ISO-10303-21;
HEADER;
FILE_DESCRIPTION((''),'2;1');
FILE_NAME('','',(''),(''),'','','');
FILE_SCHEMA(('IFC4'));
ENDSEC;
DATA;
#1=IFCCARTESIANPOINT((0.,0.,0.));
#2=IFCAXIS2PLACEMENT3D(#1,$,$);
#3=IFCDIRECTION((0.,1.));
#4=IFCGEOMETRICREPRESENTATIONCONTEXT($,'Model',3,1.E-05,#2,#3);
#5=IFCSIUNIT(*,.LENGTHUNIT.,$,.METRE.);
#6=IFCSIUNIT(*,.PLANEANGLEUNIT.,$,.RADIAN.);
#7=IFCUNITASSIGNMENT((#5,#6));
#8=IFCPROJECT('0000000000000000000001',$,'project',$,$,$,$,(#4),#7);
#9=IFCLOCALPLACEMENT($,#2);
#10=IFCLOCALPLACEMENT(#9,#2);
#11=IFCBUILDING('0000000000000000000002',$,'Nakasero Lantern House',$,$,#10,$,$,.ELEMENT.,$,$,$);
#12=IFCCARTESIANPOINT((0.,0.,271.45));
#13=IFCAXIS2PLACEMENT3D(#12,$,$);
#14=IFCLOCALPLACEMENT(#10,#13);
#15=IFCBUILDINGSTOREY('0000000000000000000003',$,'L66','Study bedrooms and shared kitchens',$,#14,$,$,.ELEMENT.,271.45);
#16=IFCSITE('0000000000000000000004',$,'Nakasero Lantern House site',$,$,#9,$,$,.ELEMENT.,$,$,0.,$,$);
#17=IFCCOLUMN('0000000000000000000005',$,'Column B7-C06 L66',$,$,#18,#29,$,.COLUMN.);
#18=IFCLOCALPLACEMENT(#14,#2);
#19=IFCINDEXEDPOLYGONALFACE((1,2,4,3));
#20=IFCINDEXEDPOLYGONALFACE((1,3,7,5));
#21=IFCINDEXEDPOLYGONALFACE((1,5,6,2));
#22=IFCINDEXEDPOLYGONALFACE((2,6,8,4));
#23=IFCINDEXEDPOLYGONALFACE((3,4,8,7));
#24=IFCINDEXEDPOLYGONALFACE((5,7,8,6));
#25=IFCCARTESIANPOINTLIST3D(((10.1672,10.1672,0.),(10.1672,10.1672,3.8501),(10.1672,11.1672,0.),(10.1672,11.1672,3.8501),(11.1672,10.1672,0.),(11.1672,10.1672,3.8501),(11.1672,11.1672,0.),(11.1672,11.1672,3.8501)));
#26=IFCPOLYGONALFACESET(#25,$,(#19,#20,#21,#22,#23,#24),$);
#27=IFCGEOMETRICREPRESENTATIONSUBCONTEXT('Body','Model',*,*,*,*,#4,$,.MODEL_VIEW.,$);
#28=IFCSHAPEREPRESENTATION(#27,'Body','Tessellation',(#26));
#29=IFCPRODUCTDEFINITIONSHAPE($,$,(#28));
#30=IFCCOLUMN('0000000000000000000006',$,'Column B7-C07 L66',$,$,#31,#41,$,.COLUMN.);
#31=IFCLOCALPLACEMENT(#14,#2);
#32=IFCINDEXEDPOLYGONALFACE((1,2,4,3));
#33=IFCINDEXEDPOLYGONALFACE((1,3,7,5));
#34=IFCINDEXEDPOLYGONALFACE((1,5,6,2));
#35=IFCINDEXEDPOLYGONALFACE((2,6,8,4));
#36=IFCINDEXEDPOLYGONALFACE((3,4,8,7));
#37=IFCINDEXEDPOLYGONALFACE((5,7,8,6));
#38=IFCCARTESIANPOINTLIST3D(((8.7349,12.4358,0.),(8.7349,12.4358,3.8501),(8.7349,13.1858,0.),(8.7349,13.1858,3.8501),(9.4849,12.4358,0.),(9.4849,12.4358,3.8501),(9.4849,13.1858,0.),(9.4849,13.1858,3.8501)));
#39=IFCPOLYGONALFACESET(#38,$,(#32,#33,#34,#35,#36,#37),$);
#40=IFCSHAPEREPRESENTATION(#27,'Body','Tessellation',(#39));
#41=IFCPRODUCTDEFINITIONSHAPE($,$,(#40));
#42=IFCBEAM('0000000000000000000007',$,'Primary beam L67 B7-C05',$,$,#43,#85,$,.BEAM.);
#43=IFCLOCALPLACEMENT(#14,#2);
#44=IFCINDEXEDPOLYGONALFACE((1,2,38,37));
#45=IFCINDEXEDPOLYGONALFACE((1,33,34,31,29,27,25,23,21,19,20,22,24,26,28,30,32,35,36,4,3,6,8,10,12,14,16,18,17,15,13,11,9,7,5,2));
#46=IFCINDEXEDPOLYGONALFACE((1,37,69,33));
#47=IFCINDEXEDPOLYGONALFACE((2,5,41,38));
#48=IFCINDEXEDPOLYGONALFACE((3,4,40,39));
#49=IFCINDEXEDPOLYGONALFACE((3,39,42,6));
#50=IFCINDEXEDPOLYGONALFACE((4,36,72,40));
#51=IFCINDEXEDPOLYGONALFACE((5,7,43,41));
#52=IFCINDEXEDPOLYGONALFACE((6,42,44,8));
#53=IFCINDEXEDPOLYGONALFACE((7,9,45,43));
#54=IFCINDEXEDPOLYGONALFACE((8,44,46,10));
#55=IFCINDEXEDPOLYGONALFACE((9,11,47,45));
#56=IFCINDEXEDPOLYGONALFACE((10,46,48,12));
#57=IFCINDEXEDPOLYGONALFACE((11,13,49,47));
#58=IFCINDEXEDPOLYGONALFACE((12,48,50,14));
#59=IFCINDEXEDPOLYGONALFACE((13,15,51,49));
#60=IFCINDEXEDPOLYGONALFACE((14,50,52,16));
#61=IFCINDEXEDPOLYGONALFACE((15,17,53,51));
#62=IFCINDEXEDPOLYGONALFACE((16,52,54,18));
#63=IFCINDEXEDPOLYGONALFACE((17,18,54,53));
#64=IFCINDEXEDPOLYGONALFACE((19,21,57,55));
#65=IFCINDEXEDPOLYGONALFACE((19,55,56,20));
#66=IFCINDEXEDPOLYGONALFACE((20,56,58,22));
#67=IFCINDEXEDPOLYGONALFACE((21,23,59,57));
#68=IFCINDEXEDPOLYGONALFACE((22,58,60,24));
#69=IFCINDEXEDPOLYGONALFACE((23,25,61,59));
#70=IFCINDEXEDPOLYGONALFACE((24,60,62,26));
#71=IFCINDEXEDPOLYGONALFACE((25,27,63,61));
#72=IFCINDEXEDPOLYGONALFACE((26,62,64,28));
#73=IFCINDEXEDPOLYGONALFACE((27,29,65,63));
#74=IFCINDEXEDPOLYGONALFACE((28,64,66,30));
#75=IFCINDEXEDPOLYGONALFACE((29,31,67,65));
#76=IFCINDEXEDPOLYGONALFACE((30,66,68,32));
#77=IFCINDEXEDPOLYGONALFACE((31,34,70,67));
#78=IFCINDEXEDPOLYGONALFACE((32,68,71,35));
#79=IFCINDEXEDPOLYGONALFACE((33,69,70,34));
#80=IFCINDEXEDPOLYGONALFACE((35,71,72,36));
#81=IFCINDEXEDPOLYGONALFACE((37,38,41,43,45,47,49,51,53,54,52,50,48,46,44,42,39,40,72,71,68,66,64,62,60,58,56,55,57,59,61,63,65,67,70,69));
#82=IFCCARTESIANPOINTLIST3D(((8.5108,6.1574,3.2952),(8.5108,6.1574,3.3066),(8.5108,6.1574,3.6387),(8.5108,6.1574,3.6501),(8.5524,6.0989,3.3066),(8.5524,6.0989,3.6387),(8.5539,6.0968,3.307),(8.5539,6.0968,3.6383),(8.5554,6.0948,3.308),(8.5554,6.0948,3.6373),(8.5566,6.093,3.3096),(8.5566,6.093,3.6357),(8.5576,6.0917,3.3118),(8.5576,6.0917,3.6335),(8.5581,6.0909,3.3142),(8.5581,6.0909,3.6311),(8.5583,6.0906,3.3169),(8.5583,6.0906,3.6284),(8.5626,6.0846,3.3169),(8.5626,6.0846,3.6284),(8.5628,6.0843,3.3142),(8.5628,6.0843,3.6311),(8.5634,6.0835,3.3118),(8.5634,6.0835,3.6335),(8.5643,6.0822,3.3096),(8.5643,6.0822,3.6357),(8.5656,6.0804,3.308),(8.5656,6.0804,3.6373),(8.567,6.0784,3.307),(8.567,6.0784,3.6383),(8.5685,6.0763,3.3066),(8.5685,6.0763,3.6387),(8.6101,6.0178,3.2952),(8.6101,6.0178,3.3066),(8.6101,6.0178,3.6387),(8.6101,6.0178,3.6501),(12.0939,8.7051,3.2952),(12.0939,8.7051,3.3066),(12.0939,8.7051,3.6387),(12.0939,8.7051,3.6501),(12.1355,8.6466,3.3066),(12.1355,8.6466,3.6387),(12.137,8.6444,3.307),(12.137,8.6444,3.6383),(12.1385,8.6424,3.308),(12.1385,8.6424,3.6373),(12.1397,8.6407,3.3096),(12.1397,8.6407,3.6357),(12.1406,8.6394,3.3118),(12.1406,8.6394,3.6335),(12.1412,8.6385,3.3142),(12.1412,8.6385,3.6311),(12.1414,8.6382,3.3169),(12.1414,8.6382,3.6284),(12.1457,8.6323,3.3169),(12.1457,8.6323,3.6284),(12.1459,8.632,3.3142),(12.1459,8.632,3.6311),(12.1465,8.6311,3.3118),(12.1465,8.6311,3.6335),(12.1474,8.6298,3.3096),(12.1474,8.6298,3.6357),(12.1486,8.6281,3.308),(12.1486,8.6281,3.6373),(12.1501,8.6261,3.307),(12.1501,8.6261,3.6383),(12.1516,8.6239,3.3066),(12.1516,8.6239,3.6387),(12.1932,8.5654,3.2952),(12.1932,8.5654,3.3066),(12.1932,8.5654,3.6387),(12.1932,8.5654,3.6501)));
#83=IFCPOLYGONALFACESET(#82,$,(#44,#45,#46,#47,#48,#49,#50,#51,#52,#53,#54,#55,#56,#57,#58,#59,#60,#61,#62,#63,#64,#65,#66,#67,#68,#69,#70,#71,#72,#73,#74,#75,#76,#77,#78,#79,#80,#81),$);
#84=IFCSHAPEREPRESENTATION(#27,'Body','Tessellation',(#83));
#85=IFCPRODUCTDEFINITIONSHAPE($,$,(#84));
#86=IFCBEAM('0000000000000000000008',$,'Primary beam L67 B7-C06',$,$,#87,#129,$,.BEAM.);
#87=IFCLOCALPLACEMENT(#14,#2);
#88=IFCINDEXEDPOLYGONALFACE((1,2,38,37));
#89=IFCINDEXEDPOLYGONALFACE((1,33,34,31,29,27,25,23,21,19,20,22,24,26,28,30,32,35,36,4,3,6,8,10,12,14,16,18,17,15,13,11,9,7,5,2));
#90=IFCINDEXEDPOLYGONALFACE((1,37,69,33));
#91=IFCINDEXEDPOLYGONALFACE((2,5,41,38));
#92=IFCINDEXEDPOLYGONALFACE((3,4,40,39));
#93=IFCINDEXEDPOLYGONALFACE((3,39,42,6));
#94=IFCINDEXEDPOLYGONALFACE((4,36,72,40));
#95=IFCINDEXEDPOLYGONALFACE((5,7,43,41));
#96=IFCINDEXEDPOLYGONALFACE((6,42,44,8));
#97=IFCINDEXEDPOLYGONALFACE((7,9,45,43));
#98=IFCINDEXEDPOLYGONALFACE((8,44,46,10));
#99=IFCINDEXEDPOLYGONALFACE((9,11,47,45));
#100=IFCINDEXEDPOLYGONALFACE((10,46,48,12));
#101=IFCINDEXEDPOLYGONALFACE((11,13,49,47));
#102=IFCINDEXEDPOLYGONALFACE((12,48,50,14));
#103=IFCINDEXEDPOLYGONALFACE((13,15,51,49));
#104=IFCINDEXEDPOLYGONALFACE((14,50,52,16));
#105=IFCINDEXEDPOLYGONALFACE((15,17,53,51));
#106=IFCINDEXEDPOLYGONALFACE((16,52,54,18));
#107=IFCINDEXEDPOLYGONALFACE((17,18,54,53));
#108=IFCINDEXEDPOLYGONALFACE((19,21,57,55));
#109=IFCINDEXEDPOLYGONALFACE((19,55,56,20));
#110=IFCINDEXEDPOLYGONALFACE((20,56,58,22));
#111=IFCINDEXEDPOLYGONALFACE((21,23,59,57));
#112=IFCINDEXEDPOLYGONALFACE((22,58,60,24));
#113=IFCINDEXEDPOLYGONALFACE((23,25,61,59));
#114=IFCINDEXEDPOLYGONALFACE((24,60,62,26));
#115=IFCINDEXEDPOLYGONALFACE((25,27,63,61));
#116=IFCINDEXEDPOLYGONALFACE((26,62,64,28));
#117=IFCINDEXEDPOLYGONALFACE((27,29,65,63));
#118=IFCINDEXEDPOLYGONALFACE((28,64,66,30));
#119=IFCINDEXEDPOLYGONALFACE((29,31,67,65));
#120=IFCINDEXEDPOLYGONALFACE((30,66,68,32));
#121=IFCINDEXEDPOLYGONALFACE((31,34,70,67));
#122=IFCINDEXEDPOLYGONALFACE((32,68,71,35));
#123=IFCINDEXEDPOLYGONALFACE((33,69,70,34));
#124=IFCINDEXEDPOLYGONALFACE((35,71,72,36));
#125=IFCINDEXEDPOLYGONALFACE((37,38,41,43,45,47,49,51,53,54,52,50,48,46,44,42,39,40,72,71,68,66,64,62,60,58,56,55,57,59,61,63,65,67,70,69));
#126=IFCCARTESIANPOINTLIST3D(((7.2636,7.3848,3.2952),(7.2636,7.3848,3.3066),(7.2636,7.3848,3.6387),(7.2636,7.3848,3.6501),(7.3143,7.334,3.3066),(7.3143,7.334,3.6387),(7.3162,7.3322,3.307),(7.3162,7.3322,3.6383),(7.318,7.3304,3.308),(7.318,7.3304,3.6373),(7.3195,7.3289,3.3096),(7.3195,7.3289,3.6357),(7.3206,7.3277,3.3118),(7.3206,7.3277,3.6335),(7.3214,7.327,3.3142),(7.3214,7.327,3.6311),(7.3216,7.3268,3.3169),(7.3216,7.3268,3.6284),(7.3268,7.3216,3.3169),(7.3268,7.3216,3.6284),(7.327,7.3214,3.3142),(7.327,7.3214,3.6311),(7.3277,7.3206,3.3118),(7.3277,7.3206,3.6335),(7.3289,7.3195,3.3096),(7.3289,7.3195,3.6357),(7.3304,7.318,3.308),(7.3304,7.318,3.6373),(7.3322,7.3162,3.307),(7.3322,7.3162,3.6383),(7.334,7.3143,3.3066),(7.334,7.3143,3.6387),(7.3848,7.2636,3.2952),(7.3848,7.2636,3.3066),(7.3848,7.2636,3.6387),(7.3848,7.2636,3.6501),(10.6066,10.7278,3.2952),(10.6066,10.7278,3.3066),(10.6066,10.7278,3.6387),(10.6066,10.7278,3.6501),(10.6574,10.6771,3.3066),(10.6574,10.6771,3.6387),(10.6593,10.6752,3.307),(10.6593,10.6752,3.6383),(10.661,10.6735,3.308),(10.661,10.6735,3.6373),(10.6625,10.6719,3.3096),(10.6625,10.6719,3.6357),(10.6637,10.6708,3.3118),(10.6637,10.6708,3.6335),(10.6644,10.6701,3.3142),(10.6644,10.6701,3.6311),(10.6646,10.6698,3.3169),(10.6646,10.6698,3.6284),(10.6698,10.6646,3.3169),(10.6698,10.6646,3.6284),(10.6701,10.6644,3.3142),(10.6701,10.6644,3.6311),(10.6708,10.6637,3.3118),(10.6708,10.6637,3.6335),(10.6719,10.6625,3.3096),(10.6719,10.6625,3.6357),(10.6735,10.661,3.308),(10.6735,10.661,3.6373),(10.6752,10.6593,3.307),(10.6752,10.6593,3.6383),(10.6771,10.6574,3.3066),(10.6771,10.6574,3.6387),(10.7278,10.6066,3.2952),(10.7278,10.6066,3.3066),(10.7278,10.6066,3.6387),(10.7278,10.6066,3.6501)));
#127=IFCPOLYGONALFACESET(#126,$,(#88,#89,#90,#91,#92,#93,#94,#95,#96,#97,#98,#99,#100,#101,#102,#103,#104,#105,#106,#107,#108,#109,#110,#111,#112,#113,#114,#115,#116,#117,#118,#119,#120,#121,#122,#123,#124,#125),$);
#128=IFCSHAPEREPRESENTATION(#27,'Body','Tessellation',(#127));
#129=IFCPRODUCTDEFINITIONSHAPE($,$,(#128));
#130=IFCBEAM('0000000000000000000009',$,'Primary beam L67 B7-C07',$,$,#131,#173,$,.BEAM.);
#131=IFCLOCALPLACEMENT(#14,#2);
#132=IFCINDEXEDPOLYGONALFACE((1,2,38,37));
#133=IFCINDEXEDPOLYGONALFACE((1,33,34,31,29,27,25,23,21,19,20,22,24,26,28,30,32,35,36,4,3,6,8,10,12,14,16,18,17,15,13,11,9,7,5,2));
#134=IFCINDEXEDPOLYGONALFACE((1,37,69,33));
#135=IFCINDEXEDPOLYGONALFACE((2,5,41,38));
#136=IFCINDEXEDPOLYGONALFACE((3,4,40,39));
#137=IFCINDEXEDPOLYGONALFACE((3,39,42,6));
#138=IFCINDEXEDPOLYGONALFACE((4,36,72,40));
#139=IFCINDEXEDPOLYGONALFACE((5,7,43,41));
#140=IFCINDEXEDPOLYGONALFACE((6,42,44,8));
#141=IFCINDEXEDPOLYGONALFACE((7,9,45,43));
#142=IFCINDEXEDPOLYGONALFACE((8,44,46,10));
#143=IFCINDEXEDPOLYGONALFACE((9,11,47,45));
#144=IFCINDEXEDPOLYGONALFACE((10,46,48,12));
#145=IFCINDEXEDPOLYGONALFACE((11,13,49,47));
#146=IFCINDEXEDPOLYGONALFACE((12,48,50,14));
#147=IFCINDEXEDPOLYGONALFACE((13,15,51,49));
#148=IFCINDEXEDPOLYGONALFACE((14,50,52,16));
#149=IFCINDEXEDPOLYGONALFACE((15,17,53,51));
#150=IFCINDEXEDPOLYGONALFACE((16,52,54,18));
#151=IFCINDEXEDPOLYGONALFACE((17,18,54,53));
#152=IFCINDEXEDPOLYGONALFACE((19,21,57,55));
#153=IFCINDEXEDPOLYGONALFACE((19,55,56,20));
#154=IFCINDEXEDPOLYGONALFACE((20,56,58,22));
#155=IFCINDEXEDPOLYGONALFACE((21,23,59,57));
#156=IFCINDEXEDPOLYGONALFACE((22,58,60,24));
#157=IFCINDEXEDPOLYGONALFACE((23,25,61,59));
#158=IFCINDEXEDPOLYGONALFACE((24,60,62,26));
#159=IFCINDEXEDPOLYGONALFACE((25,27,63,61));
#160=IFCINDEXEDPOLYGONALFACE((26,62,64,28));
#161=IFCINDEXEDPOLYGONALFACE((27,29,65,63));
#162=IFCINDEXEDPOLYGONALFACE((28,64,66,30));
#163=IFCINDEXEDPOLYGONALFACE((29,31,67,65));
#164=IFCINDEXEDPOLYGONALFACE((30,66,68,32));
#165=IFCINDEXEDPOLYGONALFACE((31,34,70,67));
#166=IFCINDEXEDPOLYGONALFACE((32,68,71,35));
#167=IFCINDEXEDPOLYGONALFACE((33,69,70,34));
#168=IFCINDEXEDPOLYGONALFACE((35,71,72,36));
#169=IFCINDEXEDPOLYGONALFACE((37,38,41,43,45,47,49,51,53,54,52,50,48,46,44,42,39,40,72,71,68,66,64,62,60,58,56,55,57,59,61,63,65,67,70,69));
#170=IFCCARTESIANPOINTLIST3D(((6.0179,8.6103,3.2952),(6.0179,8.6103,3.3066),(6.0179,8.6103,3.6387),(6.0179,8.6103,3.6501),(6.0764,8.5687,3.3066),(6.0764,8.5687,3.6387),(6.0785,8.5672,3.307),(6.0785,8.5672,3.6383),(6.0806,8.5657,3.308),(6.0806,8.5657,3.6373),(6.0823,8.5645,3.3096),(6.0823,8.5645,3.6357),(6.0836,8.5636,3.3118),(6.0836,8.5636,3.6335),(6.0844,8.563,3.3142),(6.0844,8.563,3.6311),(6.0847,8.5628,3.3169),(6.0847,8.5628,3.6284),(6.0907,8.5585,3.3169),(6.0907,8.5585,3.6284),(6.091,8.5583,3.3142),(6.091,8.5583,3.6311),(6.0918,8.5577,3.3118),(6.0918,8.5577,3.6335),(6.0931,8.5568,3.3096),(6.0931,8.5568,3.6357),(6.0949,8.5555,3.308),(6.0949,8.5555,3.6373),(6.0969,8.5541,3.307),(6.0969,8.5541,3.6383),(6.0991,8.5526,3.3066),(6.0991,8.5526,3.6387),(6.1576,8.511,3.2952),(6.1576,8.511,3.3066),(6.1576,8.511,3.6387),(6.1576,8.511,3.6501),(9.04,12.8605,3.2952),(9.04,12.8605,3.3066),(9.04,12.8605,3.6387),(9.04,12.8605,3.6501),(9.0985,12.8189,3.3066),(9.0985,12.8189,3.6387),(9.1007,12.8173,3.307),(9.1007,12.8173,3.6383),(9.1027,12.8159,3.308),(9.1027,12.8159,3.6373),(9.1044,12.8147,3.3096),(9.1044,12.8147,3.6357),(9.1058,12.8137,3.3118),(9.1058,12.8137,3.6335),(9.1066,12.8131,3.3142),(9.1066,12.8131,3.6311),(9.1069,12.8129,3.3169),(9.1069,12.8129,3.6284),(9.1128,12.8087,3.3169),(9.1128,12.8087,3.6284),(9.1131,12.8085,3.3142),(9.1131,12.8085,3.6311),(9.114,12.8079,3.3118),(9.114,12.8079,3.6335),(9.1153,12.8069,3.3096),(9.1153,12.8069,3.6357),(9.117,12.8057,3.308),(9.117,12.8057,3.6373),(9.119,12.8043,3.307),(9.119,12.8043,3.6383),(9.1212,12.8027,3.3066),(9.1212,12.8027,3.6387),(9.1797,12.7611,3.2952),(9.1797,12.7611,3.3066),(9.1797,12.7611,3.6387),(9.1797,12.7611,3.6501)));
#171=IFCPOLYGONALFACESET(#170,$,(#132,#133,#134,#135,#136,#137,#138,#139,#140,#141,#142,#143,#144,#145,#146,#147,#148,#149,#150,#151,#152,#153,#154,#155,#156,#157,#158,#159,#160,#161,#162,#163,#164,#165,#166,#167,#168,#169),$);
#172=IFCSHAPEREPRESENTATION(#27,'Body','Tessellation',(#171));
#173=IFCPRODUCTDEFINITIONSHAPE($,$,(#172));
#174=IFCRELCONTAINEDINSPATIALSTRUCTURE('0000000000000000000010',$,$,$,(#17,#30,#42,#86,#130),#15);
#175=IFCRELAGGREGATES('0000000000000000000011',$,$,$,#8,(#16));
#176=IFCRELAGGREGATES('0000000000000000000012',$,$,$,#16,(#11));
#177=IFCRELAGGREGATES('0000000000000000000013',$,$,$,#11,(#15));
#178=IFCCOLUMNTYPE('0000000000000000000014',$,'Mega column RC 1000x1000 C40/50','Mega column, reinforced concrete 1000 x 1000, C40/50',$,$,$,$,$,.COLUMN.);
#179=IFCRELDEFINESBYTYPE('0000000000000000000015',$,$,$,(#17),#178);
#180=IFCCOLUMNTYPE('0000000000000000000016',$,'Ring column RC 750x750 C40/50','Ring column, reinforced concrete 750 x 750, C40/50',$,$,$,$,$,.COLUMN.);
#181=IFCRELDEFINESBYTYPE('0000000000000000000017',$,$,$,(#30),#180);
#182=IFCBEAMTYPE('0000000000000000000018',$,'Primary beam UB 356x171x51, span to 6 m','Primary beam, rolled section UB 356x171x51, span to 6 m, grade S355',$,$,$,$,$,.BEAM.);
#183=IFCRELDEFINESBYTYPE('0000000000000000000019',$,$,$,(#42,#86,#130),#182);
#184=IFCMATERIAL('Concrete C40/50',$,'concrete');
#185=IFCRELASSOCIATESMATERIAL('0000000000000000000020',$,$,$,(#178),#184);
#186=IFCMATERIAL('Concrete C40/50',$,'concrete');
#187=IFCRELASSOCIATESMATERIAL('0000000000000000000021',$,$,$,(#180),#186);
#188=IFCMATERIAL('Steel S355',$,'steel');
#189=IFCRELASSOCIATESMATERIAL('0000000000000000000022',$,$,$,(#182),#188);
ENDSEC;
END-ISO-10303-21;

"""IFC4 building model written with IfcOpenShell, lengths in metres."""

from ifc_helpers import new_model, si_unit, direction, frame, origin, origin_2d, place, context, subcontext, project, spatial, rectangle, i_section, extrude, material, material_profile, profile_set, type_object, element, save


model = new_model("IFC4")

# Units and contexts
model_context = context("Model", 3, precision=1e-05, world=origin(), true_north=direction((0.0, 1.0)))
body_context = subcontext(model_context, "Body", "Model", "MODEL_VIEW")
ifc_project = project(units=[si_unit("LENGTHUNIT", "METRE"), si_unit("PLANEANGLEUNIT", "RADIAN")], contexts=[model_context])

# Site, building, storey
site_placement = place(None, origin())
site = spatial("IfcSite", under=ifc_project, at=site_placement, Name="Nakasero Lantern House site", CompositionType="ELEMENT", RefElevation=0.0)
building_placement = place(site_placement, origin())
building = spatial("IfcBuilding", under=site, at=building_placement, Name="Nakasero Lantern House", CompositionType="ELEMENT")
storey_placement = place(building_placement, frame((0.0, 0.0, 271.45)))
storey = spatial("IfcBuildingStorey", under=building, at=storey_placement, Name="L66", Description="Study bedrooms and shared kitchens", CompositionType="ELEMENT", Elevation=271.45)

# Columns
ifc_material_1 = material(Name="Concrete C40/50", Category="concrete")
ifc_material_profile_1 = material_profile(ifc_material_1, rectangle(XDim=1.0, YDim=1.0, at=origin_2d()), Name="RC 1000x1000")
ifc_profile_set_1 = profile_set([ifc_material_profile_1], Name="Concrete C40/50")
column_type_1 = type_object("IfcColumnType", Name="Mega column RC 1000x1000 C40/50", Description="Mega column, reinforced concrete 1000 x 1000, C40/50", PredefinedType="COLUMN", material=ifc_profile_set_1)
column_1_placement = place(storey_placement, frame((10.6672, 10.6672, 0.0), z_axis=(0.0, 0.0, 1.0), x_axis=(1.0, 0.0, 0.0)))
element("IfcColumn", 1, at=column_1_placement, inside=storey, type_object=column_type_1, Name="Column B7-C06 L66", PredefinedType="COLUMN", context=body_context, shape_type="SweptSolid", body=[
    extrude(rectangle(XDim=1.0, YDim=1.0, at=origin_2d()), origin(), (0.0, 0.0, 1.0), 3.8501),
])
ifc_material_2 = material(Name="Concrete C40/50", Category="concrete")
ifc_material_profile_2 = material_profile(ifc_material_2, rectangle(XDim=0.75, YDim=0.75, at=origin_2d()), Name="RC 750x750")
ifc_profile_set_2 = profile_set([ifc_material_profile_2], Name="Concrete C40/50")
column_type_2 = type_object("IfcColumnType", Name="Ring column RC 750x750 C40/50", Description="Ring column, reinforced concrete 750 x 750, C40/50", PredefinedType="COLUMN", material=ifc_profile_set_2)
column_2_placement = place(storey_placement, frame((9.1099, 12.8108, 0.0), z_axis=(0.0, 0.0, 1.0), x_axis=(1.0, 0.0, 0.0)))
element("IfcColumn", 2, at=column_2_placement, inside=storey, type_object=column_type_2, Name="Column B7-C07 L66", PredefinedType="COLUMN", context=body_context, shape_type="SweptSolid", body=[
    extrude(rectangle(XDim=0.75, YDim=0.75, at=origin_2d()), origin(), (0.0, 0.0, 1.0), 3.8501),
])

# Beams
ifc_material_3 = material(Name="Steel S355", Category="steel")
ifc_material_profile_3 = material_profile(ifc_material_3, i_section(OverallWidth=0.1714, OverallDepth=0.355, WebThickness=0.0073, FlangeThickness=0.0115, FilletRadius=0.0103, at=origin_2d()), Name="UB 356x171x51")
ifc_profile_set_3 = profile_set([ifc_material_profile_3], Name="Steel S355")
beam_type_1 = type_object("IfcBeamType", Name="Primary beam UB 356x171x51, span to 6 m", Description="Primary beam, rolled section UB 356x171x51, span to 6 m, grade S355", PredefinedType="BEAM", material=ifc_profile_set_3)
beam_1_placement = place(storey_placement, frame((12.1436, 8.6353, 3.4727), z_axis=(-0.814989, -0.579477, 0.0), x_axis=(0.579477, -0.814989, 0.0)))
element("IfcBeam", 3, at=beam_1_placement, inside=storey, type_object=beam_type_1, Name="Primary beam L67 B7-C05", PredefinedType="BEAM", context=body_context, shape_type="SweptSolid", body=[
    extrude(i_section(OverallWidth=0.1714, OverallDepth=0.355, WebThickness=0.0073, FlangeThickness=0.0115, FilletRadius=0.0103, at=origin_2d()), origin(), (0.0, 0.0, 1.0), 4.3965),
])
beam_2_placement = place(storey_placement, frame((10.6672, 10.6672, 3.4727), z_axis=(-0.707107, -0.707107, 0.0), x_axis=(0.707107, -0.707107, 0.0)))
element("IfcBeam", 4, at=beam_2_placement, inside=storey, type_object=beam_type_1, Name="Primary beam L67 B7-C06", PredefinedType="BEAM", context=body_context, shape_type="SweptSolid", body=[
    extrude(i_section(OverallWidth=0.1714, OverallDepth=0.355, WebThickness=0.0073, FlangeThickness=0.0115, FilletRadius=0.0103, at=origin_2d()), origin(), (0.0, 0.0, 1.0), 4.7278),
])
beam_3_placement = place(storey_placement, frame((9.1099, 12.8108, 3.4727), z_axis=(-0.579501, -0.814972, 0.0), x_axis=(0.814972, -0.579501, 0.0)))
element("IfcBeam", 5, at=beam_3_placement, inside=storey, type_object=beam_type_1, Name="Primary beam L67 B7-C07", PredefinedType="BEAM", context=body_context, shape_type="SweptSolid", body=[
    extrude(i_section(OverallWidth=0.1714, OverallDepth=0.355, WebThickness=0.0073, FlangeThickness=0.0115, FilletRadius=0.0103, at=origin_2d()), origin(), (0.0, 0.0, 1.0), 5.2151),
])

save(model, "model.ifc")
